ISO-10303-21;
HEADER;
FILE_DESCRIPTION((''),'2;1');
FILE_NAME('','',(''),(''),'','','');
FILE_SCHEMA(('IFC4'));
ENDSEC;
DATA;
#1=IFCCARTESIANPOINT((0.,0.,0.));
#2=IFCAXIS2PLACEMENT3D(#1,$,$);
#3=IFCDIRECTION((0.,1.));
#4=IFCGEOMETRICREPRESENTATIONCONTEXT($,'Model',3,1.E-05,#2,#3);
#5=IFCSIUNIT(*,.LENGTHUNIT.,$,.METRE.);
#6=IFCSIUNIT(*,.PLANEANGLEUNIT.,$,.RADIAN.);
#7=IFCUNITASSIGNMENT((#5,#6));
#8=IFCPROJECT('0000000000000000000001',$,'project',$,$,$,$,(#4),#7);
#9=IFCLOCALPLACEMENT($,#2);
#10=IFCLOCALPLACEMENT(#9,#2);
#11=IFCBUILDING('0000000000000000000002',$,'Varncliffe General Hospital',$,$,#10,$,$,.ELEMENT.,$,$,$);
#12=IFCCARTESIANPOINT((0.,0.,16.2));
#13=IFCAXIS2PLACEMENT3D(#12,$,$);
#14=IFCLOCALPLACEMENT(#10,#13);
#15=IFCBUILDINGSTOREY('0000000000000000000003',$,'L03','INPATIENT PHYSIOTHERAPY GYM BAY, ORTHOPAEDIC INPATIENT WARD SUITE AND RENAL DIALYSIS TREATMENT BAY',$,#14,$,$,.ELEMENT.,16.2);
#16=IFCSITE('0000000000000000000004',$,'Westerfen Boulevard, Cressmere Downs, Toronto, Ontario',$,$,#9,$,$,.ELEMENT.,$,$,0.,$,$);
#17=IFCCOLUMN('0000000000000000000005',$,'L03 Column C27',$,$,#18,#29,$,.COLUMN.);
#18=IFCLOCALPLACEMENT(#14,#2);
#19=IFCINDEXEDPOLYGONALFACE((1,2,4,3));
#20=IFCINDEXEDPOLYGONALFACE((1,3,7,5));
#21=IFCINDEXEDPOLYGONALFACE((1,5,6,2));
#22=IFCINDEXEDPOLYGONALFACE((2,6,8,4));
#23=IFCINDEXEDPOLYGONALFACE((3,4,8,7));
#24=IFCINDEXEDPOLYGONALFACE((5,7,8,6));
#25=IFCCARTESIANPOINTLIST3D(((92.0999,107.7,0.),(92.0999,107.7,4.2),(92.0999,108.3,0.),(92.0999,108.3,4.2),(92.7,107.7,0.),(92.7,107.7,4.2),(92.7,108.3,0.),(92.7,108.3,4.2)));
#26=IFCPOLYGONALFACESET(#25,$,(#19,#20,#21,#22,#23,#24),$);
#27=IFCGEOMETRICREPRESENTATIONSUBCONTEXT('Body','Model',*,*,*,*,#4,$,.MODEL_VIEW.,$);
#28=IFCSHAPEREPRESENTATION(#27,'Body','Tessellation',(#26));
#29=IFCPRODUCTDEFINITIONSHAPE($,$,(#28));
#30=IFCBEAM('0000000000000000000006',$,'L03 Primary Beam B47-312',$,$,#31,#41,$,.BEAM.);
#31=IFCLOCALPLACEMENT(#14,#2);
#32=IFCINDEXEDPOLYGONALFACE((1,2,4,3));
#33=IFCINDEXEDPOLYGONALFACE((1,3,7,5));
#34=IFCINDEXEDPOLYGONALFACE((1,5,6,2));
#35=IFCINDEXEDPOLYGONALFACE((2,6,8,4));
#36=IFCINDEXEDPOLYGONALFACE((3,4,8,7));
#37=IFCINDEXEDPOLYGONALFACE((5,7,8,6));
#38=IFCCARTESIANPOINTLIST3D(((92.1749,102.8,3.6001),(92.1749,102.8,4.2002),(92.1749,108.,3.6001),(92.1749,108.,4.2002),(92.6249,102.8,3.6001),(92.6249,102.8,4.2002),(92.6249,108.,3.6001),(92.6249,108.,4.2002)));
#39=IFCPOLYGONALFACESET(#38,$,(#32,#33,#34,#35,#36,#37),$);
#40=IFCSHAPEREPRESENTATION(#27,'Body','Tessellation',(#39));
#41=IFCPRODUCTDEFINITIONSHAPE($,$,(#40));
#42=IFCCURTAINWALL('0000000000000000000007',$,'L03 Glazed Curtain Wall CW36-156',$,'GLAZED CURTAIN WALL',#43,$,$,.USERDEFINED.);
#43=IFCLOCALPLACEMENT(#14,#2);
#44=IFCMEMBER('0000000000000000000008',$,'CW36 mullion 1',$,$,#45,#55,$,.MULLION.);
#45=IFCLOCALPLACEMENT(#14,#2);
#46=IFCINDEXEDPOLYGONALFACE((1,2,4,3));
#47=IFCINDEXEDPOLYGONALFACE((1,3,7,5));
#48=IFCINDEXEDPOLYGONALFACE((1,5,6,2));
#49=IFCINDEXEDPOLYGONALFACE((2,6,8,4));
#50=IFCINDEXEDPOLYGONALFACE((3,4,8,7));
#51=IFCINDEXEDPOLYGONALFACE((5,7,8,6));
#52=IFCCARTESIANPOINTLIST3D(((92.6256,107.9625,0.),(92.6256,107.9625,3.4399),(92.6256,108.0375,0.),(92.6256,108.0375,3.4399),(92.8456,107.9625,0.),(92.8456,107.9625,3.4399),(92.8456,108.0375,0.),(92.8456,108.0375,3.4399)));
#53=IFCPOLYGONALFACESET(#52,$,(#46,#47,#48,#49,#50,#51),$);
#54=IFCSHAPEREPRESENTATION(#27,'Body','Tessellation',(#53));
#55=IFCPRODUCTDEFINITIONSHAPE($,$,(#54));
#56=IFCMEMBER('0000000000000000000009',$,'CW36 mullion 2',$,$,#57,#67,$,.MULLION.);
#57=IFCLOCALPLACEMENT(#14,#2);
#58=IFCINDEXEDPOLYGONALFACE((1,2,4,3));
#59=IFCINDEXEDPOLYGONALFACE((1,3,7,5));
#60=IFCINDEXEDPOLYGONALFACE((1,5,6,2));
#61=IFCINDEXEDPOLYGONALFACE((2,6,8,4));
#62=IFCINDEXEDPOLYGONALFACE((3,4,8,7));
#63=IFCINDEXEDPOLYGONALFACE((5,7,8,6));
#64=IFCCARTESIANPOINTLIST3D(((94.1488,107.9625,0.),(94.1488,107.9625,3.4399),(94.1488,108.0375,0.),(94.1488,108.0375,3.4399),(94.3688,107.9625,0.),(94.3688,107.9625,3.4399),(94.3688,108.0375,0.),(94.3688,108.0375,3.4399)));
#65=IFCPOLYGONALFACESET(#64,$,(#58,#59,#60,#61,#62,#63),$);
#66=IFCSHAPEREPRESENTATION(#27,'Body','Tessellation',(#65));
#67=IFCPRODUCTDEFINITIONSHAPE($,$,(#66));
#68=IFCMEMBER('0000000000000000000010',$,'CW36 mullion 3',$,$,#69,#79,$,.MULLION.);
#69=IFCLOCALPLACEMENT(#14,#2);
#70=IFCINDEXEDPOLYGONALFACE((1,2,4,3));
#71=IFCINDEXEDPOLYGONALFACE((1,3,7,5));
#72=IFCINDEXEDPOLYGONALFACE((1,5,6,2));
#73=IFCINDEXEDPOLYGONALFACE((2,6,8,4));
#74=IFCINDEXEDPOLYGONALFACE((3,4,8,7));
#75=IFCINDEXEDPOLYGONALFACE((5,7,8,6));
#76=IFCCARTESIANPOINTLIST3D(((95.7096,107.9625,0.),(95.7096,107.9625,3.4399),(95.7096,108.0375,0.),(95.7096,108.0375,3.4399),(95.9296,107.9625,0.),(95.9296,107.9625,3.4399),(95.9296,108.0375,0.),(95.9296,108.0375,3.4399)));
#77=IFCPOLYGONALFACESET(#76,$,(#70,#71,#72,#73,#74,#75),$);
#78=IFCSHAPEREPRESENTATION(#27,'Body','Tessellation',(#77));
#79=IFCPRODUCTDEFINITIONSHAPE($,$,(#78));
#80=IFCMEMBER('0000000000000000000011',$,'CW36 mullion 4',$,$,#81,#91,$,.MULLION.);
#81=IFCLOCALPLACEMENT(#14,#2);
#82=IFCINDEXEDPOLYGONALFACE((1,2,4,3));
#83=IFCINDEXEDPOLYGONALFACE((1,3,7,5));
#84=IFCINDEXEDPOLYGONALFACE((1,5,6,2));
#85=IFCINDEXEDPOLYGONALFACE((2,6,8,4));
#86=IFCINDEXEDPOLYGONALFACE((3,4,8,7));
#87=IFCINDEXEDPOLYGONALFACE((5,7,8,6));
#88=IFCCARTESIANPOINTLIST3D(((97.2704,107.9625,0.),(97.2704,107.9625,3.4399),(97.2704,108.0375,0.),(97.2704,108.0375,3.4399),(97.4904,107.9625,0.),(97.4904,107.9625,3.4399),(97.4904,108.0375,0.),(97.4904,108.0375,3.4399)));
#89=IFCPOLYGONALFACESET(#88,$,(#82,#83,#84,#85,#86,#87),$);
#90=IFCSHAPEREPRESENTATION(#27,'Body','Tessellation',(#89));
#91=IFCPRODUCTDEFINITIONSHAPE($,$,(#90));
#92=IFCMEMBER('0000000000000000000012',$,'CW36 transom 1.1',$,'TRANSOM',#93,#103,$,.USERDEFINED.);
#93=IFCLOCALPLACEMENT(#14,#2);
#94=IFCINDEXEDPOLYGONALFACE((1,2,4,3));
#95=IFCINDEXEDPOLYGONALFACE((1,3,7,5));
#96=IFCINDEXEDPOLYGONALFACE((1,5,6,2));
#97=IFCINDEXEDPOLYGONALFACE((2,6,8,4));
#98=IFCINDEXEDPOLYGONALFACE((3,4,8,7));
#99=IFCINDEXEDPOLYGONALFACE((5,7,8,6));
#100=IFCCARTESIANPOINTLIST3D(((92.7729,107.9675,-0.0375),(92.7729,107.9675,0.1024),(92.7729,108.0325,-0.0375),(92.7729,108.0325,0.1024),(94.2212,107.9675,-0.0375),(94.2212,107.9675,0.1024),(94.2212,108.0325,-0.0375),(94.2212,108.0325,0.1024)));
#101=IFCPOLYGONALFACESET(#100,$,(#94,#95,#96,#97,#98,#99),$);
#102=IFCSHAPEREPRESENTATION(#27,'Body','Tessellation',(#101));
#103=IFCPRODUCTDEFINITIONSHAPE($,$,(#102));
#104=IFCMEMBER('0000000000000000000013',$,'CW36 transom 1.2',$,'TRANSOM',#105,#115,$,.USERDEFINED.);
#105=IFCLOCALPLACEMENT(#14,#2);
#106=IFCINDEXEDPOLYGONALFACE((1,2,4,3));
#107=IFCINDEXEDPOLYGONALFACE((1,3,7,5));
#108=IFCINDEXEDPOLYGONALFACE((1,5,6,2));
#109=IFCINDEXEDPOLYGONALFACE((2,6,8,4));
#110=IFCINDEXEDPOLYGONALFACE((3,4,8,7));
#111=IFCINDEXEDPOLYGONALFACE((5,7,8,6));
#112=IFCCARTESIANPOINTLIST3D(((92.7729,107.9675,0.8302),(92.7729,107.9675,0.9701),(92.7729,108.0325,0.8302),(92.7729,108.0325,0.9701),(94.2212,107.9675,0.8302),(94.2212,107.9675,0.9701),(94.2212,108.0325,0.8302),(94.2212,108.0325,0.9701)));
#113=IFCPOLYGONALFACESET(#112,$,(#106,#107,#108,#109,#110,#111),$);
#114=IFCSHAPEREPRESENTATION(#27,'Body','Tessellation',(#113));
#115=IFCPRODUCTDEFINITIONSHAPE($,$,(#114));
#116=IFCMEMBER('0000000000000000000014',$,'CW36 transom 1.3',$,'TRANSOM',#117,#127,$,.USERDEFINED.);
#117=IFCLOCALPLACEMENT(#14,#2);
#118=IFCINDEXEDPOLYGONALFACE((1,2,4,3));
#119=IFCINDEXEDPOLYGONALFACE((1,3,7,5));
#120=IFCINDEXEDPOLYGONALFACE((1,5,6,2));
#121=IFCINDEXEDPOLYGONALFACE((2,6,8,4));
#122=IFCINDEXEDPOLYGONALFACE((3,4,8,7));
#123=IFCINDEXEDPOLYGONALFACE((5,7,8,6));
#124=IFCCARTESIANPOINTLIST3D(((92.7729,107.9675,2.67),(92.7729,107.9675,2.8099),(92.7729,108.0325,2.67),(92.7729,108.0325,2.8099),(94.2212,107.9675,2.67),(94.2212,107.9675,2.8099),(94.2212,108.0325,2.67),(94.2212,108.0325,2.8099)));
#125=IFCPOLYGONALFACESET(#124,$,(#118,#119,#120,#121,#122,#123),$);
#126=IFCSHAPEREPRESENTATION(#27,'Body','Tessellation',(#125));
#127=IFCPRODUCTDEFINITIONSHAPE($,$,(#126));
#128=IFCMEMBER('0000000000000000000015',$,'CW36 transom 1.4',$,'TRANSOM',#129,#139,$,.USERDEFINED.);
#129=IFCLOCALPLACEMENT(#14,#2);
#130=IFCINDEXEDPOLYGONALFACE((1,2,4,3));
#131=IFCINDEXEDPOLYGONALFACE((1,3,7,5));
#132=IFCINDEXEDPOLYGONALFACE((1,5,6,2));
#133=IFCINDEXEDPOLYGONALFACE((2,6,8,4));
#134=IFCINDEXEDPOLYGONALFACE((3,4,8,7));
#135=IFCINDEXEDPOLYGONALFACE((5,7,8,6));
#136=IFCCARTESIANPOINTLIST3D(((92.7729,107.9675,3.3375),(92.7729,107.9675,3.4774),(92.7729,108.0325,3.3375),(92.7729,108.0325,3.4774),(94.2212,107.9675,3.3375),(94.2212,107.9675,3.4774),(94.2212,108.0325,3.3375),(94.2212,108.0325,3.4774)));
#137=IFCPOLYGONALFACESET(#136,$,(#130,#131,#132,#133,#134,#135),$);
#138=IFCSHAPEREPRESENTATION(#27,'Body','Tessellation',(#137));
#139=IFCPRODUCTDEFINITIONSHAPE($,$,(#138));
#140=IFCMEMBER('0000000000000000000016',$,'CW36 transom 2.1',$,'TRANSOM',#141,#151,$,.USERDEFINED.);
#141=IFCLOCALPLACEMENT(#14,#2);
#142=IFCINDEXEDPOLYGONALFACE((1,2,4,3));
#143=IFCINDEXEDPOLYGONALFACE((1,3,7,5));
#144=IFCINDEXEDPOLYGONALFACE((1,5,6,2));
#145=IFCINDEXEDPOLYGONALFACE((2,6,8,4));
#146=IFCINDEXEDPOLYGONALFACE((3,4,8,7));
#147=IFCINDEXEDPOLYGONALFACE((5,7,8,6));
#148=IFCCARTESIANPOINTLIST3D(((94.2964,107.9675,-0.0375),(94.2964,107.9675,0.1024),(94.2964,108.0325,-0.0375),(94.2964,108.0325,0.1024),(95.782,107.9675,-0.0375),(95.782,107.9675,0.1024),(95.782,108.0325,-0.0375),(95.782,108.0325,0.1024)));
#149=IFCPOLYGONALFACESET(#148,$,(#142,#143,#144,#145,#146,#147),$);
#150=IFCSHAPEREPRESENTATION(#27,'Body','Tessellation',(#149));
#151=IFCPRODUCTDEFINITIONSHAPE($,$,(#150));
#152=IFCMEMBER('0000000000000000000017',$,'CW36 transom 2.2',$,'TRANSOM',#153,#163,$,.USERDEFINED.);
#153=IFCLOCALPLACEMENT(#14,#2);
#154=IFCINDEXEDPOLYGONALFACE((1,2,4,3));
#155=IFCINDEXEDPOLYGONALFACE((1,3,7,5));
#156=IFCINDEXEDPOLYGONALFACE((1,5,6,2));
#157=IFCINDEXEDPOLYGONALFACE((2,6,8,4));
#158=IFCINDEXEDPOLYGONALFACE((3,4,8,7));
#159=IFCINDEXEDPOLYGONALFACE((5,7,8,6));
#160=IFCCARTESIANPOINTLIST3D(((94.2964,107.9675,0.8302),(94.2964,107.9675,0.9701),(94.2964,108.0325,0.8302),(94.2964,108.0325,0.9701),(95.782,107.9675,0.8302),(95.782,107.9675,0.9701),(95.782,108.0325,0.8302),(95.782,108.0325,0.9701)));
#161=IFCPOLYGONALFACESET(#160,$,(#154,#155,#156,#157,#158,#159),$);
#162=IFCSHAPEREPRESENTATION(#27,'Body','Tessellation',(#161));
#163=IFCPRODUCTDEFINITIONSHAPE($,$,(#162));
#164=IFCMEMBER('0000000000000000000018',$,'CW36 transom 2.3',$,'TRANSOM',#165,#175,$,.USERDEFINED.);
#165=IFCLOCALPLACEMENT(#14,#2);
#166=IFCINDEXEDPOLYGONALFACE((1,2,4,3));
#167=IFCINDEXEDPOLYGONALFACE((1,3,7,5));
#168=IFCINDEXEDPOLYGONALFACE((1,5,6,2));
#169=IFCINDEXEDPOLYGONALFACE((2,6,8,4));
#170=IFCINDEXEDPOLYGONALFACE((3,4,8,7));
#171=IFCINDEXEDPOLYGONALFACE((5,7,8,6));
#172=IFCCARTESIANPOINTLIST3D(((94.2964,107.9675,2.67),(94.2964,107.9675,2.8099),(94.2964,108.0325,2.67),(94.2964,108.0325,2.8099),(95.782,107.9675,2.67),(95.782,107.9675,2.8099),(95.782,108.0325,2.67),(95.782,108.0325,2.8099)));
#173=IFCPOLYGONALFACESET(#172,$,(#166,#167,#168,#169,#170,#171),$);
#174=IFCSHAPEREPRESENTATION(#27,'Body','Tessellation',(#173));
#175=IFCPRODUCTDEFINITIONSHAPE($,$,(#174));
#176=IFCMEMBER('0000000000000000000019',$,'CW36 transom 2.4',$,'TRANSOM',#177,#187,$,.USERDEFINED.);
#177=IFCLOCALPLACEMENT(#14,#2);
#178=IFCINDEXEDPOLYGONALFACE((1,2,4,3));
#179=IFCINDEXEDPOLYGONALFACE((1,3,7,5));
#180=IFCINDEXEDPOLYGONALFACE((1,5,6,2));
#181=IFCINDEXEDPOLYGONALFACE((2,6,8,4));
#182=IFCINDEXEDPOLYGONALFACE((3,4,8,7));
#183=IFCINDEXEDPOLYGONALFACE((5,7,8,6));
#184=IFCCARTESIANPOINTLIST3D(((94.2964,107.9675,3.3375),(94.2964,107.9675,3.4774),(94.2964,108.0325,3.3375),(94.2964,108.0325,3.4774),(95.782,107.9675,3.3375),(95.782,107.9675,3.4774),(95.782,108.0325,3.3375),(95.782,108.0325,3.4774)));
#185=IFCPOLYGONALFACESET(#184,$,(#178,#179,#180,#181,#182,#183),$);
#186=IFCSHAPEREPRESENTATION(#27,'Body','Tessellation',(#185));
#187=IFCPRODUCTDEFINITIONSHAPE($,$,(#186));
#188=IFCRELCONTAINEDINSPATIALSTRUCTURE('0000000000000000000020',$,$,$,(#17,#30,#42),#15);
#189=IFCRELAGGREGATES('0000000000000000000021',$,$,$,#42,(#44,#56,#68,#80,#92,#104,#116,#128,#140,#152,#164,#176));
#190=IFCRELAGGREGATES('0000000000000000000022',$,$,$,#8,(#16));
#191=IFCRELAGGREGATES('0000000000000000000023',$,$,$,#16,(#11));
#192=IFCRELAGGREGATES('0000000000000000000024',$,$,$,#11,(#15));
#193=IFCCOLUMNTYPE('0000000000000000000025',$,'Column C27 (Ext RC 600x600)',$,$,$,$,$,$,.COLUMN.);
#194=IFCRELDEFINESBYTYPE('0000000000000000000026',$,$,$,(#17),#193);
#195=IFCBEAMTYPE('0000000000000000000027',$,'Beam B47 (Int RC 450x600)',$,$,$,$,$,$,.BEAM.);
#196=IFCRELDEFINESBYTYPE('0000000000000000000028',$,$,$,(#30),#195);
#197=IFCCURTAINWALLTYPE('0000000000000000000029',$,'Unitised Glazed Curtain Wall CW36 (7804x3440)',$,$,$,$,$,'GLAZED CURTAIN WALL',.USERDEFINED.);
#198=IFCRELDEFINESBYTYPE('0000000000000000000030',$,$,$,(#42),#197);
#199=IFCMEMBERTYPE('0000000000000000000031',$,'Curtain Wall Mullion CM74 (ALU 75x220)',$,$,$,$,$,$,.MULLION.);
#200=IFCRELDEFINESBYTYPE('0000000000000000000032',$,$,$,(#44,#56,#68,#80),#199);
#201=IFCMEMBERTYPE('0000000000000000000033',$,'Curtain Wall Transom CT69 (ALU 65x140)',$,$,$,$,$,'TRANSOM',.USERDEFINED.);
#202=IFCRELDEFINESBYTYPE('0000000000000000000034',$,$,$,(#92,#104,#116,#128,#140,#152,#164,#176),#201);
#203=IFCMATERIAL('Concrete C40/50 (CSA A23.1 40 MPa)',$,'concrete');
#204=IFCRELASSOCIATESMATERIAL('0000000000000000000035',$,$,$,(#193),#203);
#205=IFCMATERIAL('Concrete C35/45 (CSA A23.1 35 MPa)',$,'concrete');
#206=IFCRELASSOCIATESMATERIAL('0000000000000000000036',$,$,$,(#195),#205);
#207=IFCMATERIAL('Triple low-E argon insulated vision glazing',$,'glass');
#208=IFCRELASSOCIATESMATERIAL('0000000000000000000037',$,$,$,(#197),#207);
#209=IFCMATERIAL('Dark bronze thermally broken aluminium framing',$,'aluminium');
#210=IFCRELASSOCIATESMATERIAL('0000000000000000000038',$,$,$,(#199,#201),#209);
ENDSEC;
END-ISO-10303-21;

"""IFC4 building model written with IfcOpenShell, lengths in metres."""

from ifc_helpers import new_model, si_unit, direction, frame, origin, origin_2d, place, context, subcontext, project, spatial, rectangle, extrude, material, material_profile, profile_set, type_object, element, aggregate, save


model = new_model("IFC4")

# Units and contexts
model_context = context("Model", 3, precision=1e-05, world=origin(), true_north=direction((0.0, 1.0)))
body_context = subcontext(model_context, "Body", "Model", "MODEL_VIEW")
ifc_project = project(units=[si_unit("LENGTHUNIT", "METRE"), si_unit("PLANEANGLEUNIT", "RADIAN")], contexts=[model_context])

# Site, building, storey
site_placement = place(None, origin())
site = spatial("IfcSite", under=ifc_project, at=site_placement, Name="Westerfen Boulevard, Cressmere Downs, Toronto, Ontario", CompositionType="ELEMENT", RefElevation=0.0)
building_placement = place(site_placement, origin())
building = spatial("IfcBuilding", under=site, at=building_placement, Name="Varncliffe General Hospital", CompositionType="ELEMENT")
storey_placement = place(building_placement, frame((0.0, 0.0, 16.2)))
storey = spatial("IfcBuildingStorey", under=building, at=storey_placement, Name="L03", Description="INPATIENT PHYSIOTHERAPY GYM BAY, ORTHOPAEDIC INPATIENT WARD SUITE AND RENAL DIALYSIS TREATMENT BAY", CompositionType="ELEMENT", Elevation=16.2)

# Column
ifc_material_1 = material(Name="Concrete C40/50 (CSA A23.1 40 MPa)", Category="concrete")
ifc_material_profile_1 = material_profile(ifc_material_1, rectangle(XDim=0.6001, YDim=0.6001, at=origin_2d()), Name="RC 600x600")
ifc_profile_set_1 = profile_set([ifc_material_profile_1], Name="Concrete C40/50 (CSA A23.1 40 MPa)")
column_type = type_object("IfcColumnType", Name="Column C27 (Ext RC 600x600)", PredefinedType="COLUMN", material=ifc_profile_set_1)
column_placement = place(storey_placement, frame((92.3999, 108.0, 0.0), z_axis=(0.0, 0.0, 1.0), x_axis=(1.0, 0.0, 0.0)))
element("IfcColumn", 1, at=column_placement, inside=storey, type_object=column_type, Name="L03 Column C27", PredefinedType="COLUMN", context=body_context, shape_type="SweptSolid", body=[
    extrude(rectangle(XDim=0.6001, YDim=0.6001, at=origin_2d()), origin(), (0.0, 0.0, 1.0), 4.2),
])

# Beam
ifc_material_2 = material(Name="Concrete C35/45 (CSA A23.1 35 MPa)", Category="concrete")
ifc_material_profile_2 = material_profile(ifc_material_2, rectangle(XDim=0.45, YDim=0.6001, at=origin_2d()), Name="RC 450x600")
ifc_profile_set_2 = profile_set([ifc_material_profile_2], Name="Concrete C35/45 (CSA A23.1 35 MPa)")
beam_type_1 = type_object("IfcBeamType", Name="Beam B47 (Int RC 450x600)", PredefinedType="BEAM", material=ifc_profile_set_2)
beam_1_placement = place(storey_placement, frame((92.3999, 102.8, 3.9001), z_axis=(0.0, 1.0, 0.0), x_axis=(-1.0, 0.0, 0.0)))
element("IfcBeam", 2, at=beam_1_placement, inside=storey, type_object=beam_type_1, Name="L03 Primary Beam B47-312", PredefinedType="BEAM", context=body_context, shape_type="SweptSolid", body=[
    extrude(rectangle(XDim=0.45, YDim=0.6001, at=origin_2d()), origin(), (0.0, 0.0, 1.0), 5.2),
])

# Curtain wall, members
ifc_material_3 = material(Name="Triple low-E argon insulated vision glazing", Category="glass")
curtain_wall_type = type_object("IfcCurtainWallType", Name="Unitised Glazed Curtain Wall CW36 (7804x3440)", ElementType="GLAZED CURTAIN WALL", PredefinedType="USERDEFINED", material=ifc_material_3)
curtain_wall_placement = place(storey_placement, origin())
curtain_wall = element("IfcCurtainWall", 3, at=curtain_wall_placement, inside=storey, type_object=curtain_wall_type, Name="L03 Glazed Curtain Wall CW36-156", ObjectType="GLAZED CURTAIN WALL", PredefinedType="USERDEFINED")
ifc_material_4 = material(Name="Dark bronze thermally broken aluminium framing", Category="aluminium")
ifc_material_profile_3 = material_profile(ifc_material_4, rectangle(XDim=0.075, YDim=0.22, at=origin_2d()), Name="ALU 75x220")
ifc_profile_set_3 = profile_set([ifc_material_profile_3], Name="Dark bronze thermally broken aluminium framing")
member_type_1 = type_object("IfcMemberType", Name="Curtain Wall Mullion CM74 (ALU 75x220)", PredefinedType="MULLION", material=ifc_profile_set_3)
member_1_placement = place(storey_placement, frame((92.7356, 108.0, 0.0), z_axis=(0.0, 0.0, 1.0), x_axis=(0.0, 1.0, 0.0)))
member_1 = element("IfcMember", 4, at=member_1_placement, type_object=member_type_1, Name="CW36 mullion 1", PredefinedType="MULLION", context=body_context, shape_type="SweptSolid", body=[
    extrude(rectangle(XDim=0.075, YDim=0.22, at=origin_2d()), origin(), (0.0, 0.0, 1.0), 3.4399),
])
member_2_placement = place(storey_placement, frame((94.2588, 108.0, 0.0), z_axis=(0.0, 0.0, 1.0), x_axis=(0.0, 1.0, 0.0)))
member_2 = element("IfcMember", 5, at=member_2_placement, type_object=member_type_1, Name="CW36 mullion 2", PredefinedType="MULLION", context=body_context, shape_type="SweptSolid", body=[
    extrude(rectangle(XDim=0.075, YDim=0.22, at=origin_2d()), origin(), (0.0, 0.0, 1.0), 3.4399),
])
member_3_placement = place(storey_placement, frame((95.8196, 108.0, 0.0), z_axis=(0.0, 0.0, 1.0), x_axis=(0.0, 1.0, 0.0)))
member_3 = element("IfcMember", 6, at=member_3_placement, type_object=member_type_1, Name="CW36 mullion 3", PredefinedType="MULLION", context=body_context, shape_type="SweptSolid", body=[
    extrude(rectangle(XDim=0.075, YDim=0.22, at=origin_2d()), origin(), (0.0, 0.0, 1.0), 3.4399),
])
member_4_placement = place(storey_placement, frame((97.3804, 108.0, 0.0), z_axis=(0.0, 0.0, 1.0), x_axis=(0.0, 1.0, 0.0)))
member_4 = element("IfcMember", 7, at=member_4_placement, type_object=member_type_1, Name="CW36 mullion 4", PredefinedType="MULLION", context=body_context, shape_type="SweptSolid", body=[
    extrude(rectangle(XDim=0.075, YDim=0.22, at=origin_2d()), origin(), (0.0, 0.0, 1.0), 3.4399),
])
ifc_material_profile_4 = material_profile(ifc_material_4, rectangle(XDim=0.0649, YDim=0.1399, at=origin_2d()), Name="ALU 65x140")
ifc_profile_set_4 = profile_set([ifc_material_profile_4], Name="Dark bronze thermally broken aluminium framing")
member_type_2 = type_object("IfcMemberType", Name="Curtain Wall Transom CT69 (ALU 65x140)", ElementType="TRANSOM", PredefinedType="USERDEFINED", material=ifc_profile_set_4)
member_5_placement = place(storey_placement, frame((92.7729, 108.0, 0.0325), z_axis=(1.0, 0.0, 0.0), x_axis=(0.0, 1.0, 0.0)))
member_5 = element("IfcMember", 8, at=member_5_placement, type_object=member_type_2, Name="CW36 transom 1.1", ObjectType="TRANSOM", PredefinedType="USERDEFINED", context=body_context, shape_type="SweptSolid", body=[
    extrude(rectangle(XDim=0.0649, YDim=0.1399, at=origin_2d()), origin(), (0.0, 0.0, 1.0), 1.4482),
])
member_6_placement = place(storey_placement, frame((92.7729, 108.0, 0.9001), z_axis=(1.0, 0.0, 0.0), x_axis=(0.0, 1.0, 0.0)))
member_6 = element("IfcMember", 9, at=member_6_placement, type_object=member_type_2, Name="CW36 transom 1.2", ObjectType="TRANSOM", PredefinedType="USERDEFINED", context=body_context, shape_type="SweptSolid", body=[
    extrude(rectangle(XDim=0.0649, YDim=0.1399, at=origin_2d()), origin(), (0.0, 0.0, 1.0), 1.4482),
])
member_7_placement = place(storey_placement, frame((92.7729, 108.0, 2.74), z_axis=(1.0, 0.0, 0.0), x_axis=(0.0, 1.0, 0.0)))
member_7 = element("IfcMember", 10, at=member_7_placement, type_object=member_type_2, Name="CW36 transom 1.3", ObjectType="TRANSOM", PredefinedType="USERDEFINED", context=body_context, shape_type="SweptSolid", body=[
    extrude(rectangle(XDim=0.0649, YDim=0.1399, at=origin_2d()), origin(), (0.0, 0.0, 1.0), 1.4482),
])
member_8_placement = place(storey_placement, frame((92.7729, 108.0, 3.4075), z_axis=(1.0, 0.0, 0.0), x_axis=(0.0, 1.0, 0.0)))
member_8 = element("IfcMember", 11, at=member_8_placement, type_object=member_type_2, Name="CW36 transom 1.4", ObjectType="TRANSOM", PredefinedType="USERDEFINED", context=body_context, shape_type="SweptSolid", body=[
    extrude(rectangle(XDim=0.0649, YDim=0.1399, at=origin_2d()), origin(), (0.0, 0.0, 1.0), 1.4482),
])
member_9_placement = place(storey_placement, frame((94.2964, 108.0, 0.0325), z_axis=(1.0, 0.0, 0.0), x_axis=(0.0, 1.0, 0.0)))
member_9 = element("IfcMember", 12, at=member_9_placement, type_object=member_type_2, Name="CW36 transom 2.1", ObjectType="TRANSOM", PredefinedType="USERDEFINED", context=body_context, shape_type="SweptSolid", body=[
    extrude(rectangle(XDim=0.0649, YDim=0.1399, at=origin_2d()), origin(), (0.0, 0.0, 1.0), 1.4856),
])
member_10_placement = place(storey_placement, frame((94.2964, 108.0, 0.9001), z_axis=(1.0, 0.0, 0.0), x_axis=(0.0, 1.0, 0.0)))
member_10 = element("IfcMember", 13, at=member_10_placement, type_object=member_type_2, Name="CW36 transom 2.2", ObjectType="TRANSOM", PredefinedType="USERDEFINED", context=body_context, shape_type="SweptSolid", body=[
    extrude(rectangle(XDim=0.0649, YDim=0.1399, at=origin_2d()), origin(), (0.0, 0.0, 1.0), 1.4856),
])
member_11_placement = place(storey_placement, frame((94.2964, 108.0, 2.74), z_axis=(1.0, 0.0, 0.0), x_axis=(0.0, 1.0, 0.0)))
member_11 = element("IfcMember", 14, at=member_11_placement, type_object=member_type_2, Name="CW36 transom 2.3", ObjectType="TRANSOM", PredefinedType="USERDEFINED", context=body_context, shape_type="SweptSolid", body=[
    extrude(rectangle(XDim=0.0649, YDim=0.1399, at=origin_2d()), origin(), (0.0, 0.0, 1.0), 1.4856),
])
member_12_placement = place(storey_placement, frame((94.2964, 108.0, 3.4075), z_axis=(1.0, 0.0, 0.0), x_axis=(0.0, 1.0, 0.0)))
member_12 = element("IfcMember", 15, at=member_12_placement, type_object=member_type_2, Name="CW36 transom 2.4", ObjectType="TRANSOM", PredefinedType="USERDEFINED", context=body_context, shape_type="SweptSolid", body=[
    extrude(rectangle(XDim=0.0649, YDim=0.1399, at=origin_2d()), origin(), (0.0, 0.0, 1.0), 1.4856),
])

aggregate(curtain_wall, [member_1, member_2, member_3, member_4, member_5, member_6, member_7, member_8, member_9, member_10, member_11, member_12])

save(model, "model.ifc")
